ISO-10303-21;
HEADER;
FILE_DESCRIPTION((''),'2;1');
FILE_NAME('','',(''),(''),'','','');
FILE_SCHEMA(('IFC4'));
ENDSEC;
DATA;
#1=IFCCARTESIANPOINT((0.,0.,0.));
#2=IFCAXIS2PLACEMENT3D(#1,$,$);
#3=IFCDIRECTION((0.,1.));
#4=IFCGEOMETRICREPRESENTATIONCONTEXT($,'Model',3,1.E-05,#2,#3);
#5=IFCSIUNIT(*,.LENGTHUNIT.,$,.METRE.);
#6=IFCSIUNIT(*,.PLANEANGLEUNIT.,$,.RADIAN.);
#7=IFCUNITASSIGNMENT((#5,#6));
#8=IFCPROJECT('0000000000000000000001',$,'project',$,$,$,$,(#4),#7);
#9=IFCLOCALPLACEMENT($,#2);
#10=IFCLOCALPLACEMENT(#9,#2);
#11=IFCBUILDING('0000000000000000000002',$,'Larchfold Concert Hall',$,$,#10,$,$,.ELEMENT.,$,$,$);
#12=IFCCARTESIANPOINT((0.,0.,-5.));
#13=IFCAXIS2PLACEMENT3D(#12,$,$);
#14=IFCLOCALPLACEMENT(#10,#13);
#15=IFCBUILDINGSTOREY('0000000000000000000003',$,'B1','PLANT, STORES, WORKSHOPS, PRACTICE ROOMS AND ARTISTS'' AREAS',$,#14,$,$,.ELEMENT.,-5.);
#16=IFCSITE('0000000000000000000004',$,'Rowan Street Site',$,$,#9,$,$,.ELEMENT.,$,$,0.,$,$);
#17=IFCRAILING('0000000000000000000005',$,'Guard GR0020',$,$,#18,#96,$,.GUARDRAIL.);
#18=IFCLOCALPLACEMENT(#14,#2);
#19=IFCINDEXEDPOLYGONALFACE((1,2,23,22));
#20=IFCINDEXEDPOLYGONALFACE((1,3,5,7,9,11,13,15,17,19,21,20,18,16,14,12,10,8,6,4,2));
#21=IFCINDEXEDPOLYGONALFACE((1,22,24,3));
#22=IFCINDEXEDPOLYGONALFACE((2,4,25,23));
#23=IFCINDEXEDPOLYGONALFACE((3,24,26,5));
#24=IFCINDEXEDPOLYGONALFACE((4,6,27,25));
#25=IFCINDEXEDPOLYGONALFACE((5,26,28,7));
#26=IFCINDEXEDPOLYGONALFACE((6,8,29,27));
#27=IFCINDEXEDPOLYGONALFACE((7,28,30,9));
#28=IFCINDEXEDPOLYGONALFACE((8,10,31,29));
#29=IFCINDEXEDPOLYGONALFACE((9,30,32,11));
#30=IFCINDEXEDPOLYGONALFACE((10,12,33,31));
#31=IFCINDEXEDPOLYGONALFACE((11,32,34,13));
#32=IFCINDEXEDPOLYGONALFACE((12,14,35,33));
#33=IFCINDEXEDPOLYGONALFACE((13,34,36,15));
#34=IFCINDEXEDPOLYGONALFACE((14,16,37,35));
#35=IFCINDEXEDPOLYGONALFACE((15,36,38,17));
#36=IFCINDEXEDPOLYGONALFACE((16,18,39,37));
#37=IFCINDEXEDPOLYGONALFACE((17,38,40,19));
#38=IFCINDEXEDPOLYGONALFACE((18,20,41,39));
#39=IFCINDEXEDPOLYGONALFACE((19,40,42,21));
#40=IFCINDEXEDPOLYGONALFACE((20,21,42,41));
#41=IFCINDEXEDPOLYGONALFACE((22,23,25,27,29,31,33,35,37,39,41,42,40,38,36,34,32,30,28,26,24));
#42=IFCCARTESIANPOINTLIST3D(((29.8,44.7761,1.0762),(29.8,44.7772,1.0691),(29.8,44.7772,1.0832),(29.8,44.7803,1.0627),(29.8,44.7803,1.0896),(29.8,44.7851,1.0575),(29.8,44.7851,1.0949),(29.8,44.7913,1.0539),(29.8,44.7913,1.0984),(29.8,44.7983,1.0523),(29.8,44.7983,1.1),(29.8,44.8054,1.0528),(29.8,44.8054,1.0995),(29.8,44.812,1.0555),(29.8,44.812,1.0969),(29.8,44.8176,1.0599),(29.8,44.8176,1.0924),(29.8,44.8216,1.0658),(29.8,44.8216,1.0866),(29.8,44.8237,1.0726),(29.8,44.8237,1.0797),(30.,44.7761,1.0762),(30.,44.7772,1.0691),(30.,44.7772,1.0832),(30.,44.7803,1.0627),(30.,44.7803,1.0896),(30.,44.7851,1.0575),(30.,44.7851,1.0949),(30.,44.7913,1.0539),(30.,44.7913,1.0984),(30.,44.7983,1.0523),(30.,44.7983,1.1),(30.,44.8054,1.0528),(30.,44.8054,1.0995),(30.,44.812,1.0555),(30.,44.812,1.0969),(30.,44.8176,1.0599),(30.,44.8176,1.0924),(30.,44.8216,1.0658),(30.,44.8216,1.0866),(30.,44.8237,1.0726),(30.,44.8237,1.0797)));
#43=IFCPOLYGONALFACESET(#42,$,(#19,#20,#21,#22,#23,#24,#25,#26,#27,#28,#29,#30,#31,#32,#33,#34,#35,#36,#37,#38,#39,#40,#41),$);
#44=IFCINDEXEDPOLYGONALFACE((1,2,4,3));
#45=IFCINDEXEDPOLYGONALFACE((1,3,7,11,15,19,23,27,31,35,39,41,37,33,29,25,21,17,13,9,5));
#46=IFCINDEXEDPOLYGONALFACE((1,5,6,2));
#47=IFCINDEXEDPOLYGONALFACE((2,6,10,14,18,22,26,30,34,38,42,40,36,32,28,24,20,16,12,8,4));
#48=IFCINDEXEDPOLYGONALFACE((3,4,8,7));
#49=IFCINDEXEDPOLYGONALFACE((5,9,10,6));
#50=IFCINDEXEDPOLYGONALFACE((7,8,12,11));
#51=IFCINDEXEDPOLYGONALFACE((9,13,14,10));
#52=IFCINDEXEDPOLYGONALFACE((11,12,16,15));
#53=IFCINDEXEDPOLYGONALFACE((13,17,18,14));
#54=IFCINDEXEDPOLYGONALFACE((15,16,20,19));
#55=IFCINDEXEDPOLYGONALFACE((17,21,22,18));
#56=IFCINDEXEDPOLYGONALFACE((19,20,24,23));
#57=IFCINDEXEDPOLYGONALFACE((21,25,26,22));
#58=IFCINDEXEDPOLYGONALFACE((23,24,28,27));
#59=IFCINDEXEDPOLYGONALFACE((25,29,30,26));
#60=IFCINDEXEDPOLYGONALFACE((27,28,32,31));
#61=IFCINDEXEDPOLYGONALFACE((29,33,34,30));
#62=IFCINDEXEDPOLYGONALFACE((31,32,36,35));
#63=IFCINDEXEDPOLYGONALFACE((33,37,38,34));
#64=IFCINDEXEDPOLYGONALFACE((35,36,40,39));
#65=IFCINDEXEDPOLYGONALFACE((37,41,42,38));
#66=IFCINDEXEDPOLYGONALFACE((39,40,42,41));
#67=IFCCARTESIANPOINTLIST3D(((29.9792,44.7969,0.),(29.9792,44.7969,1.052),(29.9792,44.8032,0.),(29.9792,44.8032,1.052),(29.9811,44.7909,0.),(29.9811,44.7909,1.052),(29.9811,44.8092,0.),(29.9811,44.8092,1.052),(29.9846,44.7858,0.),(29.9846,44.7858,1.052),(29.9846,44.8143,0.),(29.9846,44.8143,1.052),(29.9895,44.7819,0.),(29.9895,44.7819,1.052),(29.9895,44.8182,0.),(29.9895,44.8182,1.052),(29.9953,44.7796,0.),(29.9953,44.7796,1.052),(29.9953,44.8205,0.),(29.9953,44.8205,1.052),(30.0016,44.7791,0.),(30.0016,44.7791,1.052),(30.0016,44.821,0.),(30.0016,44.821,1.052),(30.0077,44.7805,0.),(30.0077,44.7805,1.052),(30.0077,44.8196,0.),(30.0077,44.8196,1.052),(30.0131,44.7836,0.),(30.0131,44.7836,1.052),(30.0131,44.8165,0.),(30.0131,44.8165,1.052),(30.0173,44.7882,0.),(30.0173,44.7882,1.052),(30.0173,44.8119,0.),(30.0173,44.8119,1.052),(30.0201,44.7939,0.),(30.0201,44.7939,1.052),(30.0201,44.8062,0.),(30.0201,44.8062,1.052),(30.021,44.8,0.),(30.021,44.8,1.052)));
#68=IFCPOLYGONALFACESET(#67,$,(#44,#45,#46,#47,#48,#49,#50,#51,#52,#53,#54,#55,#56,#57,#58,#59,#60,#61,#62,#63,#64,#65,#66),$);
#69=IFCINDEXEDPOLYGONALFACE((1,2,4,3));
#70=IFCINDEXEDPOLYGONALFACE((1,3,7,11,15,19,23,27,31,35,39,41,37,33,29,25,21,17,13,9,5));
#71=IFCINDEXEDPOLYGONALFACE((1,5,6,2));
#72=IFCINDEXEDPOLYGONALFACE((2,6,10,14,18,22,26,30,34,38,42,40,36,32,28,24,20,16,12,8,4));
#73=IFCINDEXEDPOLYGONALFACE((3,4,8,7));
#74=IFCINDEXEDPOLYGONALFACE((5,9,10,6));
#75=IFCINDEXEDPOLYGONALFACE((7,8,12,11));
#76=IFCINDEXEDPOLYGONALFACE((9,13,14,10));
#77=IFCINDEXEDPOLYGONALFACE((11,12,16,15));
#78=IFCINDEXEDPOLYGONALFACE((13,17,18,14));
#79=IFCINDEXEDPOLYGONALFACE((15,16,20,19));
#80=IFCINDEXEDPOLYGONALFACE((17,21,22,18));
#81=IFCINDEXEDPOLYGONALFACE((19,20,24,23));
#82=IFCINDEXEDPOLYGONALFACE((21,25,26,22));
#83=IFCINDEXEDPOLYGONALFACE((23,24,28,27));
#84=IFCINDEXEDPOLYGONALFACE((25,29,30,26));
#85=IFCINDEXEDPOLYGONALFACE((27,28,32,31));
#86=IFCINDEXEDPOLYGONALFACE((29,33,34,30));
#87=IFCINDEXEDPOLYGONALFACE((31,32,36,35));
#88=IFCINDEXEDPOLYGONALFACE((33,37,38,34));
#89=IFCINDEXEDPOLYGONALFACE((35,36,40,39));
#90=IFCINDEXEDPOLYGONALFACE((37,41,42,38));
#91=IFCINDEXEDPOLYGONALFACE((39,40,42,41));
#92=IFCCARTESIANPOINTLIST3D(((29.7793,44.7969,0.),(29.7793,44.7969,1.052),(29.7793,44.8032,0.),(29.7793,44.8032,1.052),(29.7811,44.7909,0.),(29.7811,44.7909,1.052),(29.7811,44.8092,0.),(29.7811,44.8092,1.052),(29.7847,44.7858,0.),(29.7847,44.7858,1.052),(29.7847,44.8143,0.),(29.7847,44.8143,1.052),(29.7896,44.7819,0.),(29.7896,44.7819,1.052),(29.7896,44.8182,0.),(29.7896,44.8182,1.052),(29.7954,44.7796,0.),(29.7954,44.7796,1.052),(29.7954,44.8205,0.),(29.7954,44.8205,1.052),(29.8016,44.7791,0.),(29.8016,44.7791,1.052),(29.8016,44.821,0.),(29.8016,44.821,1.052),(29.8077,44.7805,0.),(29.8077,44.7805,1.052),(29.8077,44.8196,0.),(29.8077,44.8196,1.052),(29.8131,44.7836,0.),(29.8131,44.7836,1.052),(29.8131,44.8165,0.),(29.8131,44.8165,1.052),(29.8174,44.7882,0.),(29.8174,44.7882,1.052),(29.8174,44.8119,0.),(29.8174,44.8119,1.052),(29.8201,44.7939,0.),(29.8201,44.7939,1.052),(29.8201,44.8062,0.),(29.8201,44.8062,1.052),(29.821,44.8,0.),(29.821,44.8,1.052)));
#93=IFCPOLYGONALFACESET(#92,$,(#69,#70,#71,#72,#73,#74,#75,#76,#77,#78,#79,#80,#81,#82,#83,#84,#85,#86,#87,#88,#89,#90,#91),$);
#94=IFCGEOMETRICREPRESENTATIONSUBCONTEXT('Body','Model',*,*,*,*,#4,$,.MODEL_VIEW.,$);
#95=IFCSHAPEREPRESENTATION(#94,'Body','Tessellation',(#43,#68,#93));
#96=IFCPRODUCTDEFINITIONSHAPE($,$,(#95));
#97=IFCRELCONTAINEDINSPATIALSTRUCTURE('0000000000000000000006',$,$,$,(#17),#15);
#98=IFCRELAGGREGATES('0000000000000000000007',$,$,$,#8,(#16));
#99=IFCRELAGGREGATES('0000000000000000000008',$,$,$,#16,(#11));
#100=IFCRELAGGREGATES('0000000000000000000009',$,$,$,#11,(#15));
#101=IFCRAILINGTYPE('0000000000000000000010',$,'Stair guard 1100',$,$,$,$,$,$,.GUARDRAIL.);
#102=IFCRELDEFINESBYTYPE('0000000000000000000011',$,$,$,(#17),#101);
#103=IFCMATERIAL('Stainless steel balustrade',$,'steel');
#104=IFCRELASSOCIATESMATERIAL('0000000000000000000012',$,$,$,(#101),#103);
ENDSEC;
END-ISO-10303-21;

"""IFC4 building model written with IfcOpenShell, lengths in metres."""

from ifc_helpers import new_model, si_unit, direction, frame, origin, origin_2d, place, context, subcontext, project, spatial, circle, extrude, material, type_object, element, save


model = new_model("IFC4")

# Units and contexts
model_context = context("Model", 3, precision=1e-05, world=origin(), true_north=direction((0.0, 1.0)))
body_context = subcontext(model_context, "Body", "Model", "MODEL_VIEW")
ifc_project = project(units=[si_unit("LENGTHUNIT", "METRE"), si_unit("PLANEANGLEUNIT", "RADIAN")], contexts=[model_context])

# Site, building, storey
site_placement = place(None, origin())
site = spatial("IfcSite", under=ifc_project, at=site_placement, Name="Rowan Street Site", CompositionType="ELEMENT", RefElevation=0.0)
building_placement = place(site_placement, origin())
building = spatial("IfcBuilding", under=site, at=building_placement, Name="Larchfold Concert Hall", CompositionType="ELEMENT")
storey_placement = place(building_placement, frame((0.0, 0.0, -5.0)))
storey = spatial("IfcBuildingStorey", under=building, at=storey_placement, Name="B1", Description="PLANT, STORES, WORKSHOPS, PRACTICE ROOMS AND ARTISTS' AREAS", CompositionType="ELEMENT", Elevation=-5.0)

# Railing
ifc_material_1 = material(Name="Stainless steel balustrade", Category="steel")
railing_type_1 = type_object("IfcRailingType", Name="Stair guard 1100", PredefinedType="GUARDRAIL", material=ifc_material_1)
railing_1_placement = place(storey_placement, frame((30.0, 44.8, 0.0)))
element("IfcRailing", 1, at=railing_1_placement, inside=storey, type_object=railing_type_1, Name="Guard GR0020", PredefinedType="GUARDRAIL", context=body_context, shape_type="SweptSolid", body=[
    extrude(circle(Radius=0.0239, at=origin_2d()), frame((0.0, 0.0, 1.0762), z_axis=(-1.0, 0.0, 0.0), x_axis=(0.0, -1.0, 0.0)), (0.0, 0.0, 1.0), 0.2),
    extrude(circle(Radius=0.021, at=origin_2d()), origin(), (0.0, 0.0, 1.0), 1.052),
    extrude(circle(Radius=0.021, at=origin_2d()), frame((-0.2, 0.0, 0.0)), (0.0, 0.0, 1.0), 1.052),
])

save(model, "model.ifc")
